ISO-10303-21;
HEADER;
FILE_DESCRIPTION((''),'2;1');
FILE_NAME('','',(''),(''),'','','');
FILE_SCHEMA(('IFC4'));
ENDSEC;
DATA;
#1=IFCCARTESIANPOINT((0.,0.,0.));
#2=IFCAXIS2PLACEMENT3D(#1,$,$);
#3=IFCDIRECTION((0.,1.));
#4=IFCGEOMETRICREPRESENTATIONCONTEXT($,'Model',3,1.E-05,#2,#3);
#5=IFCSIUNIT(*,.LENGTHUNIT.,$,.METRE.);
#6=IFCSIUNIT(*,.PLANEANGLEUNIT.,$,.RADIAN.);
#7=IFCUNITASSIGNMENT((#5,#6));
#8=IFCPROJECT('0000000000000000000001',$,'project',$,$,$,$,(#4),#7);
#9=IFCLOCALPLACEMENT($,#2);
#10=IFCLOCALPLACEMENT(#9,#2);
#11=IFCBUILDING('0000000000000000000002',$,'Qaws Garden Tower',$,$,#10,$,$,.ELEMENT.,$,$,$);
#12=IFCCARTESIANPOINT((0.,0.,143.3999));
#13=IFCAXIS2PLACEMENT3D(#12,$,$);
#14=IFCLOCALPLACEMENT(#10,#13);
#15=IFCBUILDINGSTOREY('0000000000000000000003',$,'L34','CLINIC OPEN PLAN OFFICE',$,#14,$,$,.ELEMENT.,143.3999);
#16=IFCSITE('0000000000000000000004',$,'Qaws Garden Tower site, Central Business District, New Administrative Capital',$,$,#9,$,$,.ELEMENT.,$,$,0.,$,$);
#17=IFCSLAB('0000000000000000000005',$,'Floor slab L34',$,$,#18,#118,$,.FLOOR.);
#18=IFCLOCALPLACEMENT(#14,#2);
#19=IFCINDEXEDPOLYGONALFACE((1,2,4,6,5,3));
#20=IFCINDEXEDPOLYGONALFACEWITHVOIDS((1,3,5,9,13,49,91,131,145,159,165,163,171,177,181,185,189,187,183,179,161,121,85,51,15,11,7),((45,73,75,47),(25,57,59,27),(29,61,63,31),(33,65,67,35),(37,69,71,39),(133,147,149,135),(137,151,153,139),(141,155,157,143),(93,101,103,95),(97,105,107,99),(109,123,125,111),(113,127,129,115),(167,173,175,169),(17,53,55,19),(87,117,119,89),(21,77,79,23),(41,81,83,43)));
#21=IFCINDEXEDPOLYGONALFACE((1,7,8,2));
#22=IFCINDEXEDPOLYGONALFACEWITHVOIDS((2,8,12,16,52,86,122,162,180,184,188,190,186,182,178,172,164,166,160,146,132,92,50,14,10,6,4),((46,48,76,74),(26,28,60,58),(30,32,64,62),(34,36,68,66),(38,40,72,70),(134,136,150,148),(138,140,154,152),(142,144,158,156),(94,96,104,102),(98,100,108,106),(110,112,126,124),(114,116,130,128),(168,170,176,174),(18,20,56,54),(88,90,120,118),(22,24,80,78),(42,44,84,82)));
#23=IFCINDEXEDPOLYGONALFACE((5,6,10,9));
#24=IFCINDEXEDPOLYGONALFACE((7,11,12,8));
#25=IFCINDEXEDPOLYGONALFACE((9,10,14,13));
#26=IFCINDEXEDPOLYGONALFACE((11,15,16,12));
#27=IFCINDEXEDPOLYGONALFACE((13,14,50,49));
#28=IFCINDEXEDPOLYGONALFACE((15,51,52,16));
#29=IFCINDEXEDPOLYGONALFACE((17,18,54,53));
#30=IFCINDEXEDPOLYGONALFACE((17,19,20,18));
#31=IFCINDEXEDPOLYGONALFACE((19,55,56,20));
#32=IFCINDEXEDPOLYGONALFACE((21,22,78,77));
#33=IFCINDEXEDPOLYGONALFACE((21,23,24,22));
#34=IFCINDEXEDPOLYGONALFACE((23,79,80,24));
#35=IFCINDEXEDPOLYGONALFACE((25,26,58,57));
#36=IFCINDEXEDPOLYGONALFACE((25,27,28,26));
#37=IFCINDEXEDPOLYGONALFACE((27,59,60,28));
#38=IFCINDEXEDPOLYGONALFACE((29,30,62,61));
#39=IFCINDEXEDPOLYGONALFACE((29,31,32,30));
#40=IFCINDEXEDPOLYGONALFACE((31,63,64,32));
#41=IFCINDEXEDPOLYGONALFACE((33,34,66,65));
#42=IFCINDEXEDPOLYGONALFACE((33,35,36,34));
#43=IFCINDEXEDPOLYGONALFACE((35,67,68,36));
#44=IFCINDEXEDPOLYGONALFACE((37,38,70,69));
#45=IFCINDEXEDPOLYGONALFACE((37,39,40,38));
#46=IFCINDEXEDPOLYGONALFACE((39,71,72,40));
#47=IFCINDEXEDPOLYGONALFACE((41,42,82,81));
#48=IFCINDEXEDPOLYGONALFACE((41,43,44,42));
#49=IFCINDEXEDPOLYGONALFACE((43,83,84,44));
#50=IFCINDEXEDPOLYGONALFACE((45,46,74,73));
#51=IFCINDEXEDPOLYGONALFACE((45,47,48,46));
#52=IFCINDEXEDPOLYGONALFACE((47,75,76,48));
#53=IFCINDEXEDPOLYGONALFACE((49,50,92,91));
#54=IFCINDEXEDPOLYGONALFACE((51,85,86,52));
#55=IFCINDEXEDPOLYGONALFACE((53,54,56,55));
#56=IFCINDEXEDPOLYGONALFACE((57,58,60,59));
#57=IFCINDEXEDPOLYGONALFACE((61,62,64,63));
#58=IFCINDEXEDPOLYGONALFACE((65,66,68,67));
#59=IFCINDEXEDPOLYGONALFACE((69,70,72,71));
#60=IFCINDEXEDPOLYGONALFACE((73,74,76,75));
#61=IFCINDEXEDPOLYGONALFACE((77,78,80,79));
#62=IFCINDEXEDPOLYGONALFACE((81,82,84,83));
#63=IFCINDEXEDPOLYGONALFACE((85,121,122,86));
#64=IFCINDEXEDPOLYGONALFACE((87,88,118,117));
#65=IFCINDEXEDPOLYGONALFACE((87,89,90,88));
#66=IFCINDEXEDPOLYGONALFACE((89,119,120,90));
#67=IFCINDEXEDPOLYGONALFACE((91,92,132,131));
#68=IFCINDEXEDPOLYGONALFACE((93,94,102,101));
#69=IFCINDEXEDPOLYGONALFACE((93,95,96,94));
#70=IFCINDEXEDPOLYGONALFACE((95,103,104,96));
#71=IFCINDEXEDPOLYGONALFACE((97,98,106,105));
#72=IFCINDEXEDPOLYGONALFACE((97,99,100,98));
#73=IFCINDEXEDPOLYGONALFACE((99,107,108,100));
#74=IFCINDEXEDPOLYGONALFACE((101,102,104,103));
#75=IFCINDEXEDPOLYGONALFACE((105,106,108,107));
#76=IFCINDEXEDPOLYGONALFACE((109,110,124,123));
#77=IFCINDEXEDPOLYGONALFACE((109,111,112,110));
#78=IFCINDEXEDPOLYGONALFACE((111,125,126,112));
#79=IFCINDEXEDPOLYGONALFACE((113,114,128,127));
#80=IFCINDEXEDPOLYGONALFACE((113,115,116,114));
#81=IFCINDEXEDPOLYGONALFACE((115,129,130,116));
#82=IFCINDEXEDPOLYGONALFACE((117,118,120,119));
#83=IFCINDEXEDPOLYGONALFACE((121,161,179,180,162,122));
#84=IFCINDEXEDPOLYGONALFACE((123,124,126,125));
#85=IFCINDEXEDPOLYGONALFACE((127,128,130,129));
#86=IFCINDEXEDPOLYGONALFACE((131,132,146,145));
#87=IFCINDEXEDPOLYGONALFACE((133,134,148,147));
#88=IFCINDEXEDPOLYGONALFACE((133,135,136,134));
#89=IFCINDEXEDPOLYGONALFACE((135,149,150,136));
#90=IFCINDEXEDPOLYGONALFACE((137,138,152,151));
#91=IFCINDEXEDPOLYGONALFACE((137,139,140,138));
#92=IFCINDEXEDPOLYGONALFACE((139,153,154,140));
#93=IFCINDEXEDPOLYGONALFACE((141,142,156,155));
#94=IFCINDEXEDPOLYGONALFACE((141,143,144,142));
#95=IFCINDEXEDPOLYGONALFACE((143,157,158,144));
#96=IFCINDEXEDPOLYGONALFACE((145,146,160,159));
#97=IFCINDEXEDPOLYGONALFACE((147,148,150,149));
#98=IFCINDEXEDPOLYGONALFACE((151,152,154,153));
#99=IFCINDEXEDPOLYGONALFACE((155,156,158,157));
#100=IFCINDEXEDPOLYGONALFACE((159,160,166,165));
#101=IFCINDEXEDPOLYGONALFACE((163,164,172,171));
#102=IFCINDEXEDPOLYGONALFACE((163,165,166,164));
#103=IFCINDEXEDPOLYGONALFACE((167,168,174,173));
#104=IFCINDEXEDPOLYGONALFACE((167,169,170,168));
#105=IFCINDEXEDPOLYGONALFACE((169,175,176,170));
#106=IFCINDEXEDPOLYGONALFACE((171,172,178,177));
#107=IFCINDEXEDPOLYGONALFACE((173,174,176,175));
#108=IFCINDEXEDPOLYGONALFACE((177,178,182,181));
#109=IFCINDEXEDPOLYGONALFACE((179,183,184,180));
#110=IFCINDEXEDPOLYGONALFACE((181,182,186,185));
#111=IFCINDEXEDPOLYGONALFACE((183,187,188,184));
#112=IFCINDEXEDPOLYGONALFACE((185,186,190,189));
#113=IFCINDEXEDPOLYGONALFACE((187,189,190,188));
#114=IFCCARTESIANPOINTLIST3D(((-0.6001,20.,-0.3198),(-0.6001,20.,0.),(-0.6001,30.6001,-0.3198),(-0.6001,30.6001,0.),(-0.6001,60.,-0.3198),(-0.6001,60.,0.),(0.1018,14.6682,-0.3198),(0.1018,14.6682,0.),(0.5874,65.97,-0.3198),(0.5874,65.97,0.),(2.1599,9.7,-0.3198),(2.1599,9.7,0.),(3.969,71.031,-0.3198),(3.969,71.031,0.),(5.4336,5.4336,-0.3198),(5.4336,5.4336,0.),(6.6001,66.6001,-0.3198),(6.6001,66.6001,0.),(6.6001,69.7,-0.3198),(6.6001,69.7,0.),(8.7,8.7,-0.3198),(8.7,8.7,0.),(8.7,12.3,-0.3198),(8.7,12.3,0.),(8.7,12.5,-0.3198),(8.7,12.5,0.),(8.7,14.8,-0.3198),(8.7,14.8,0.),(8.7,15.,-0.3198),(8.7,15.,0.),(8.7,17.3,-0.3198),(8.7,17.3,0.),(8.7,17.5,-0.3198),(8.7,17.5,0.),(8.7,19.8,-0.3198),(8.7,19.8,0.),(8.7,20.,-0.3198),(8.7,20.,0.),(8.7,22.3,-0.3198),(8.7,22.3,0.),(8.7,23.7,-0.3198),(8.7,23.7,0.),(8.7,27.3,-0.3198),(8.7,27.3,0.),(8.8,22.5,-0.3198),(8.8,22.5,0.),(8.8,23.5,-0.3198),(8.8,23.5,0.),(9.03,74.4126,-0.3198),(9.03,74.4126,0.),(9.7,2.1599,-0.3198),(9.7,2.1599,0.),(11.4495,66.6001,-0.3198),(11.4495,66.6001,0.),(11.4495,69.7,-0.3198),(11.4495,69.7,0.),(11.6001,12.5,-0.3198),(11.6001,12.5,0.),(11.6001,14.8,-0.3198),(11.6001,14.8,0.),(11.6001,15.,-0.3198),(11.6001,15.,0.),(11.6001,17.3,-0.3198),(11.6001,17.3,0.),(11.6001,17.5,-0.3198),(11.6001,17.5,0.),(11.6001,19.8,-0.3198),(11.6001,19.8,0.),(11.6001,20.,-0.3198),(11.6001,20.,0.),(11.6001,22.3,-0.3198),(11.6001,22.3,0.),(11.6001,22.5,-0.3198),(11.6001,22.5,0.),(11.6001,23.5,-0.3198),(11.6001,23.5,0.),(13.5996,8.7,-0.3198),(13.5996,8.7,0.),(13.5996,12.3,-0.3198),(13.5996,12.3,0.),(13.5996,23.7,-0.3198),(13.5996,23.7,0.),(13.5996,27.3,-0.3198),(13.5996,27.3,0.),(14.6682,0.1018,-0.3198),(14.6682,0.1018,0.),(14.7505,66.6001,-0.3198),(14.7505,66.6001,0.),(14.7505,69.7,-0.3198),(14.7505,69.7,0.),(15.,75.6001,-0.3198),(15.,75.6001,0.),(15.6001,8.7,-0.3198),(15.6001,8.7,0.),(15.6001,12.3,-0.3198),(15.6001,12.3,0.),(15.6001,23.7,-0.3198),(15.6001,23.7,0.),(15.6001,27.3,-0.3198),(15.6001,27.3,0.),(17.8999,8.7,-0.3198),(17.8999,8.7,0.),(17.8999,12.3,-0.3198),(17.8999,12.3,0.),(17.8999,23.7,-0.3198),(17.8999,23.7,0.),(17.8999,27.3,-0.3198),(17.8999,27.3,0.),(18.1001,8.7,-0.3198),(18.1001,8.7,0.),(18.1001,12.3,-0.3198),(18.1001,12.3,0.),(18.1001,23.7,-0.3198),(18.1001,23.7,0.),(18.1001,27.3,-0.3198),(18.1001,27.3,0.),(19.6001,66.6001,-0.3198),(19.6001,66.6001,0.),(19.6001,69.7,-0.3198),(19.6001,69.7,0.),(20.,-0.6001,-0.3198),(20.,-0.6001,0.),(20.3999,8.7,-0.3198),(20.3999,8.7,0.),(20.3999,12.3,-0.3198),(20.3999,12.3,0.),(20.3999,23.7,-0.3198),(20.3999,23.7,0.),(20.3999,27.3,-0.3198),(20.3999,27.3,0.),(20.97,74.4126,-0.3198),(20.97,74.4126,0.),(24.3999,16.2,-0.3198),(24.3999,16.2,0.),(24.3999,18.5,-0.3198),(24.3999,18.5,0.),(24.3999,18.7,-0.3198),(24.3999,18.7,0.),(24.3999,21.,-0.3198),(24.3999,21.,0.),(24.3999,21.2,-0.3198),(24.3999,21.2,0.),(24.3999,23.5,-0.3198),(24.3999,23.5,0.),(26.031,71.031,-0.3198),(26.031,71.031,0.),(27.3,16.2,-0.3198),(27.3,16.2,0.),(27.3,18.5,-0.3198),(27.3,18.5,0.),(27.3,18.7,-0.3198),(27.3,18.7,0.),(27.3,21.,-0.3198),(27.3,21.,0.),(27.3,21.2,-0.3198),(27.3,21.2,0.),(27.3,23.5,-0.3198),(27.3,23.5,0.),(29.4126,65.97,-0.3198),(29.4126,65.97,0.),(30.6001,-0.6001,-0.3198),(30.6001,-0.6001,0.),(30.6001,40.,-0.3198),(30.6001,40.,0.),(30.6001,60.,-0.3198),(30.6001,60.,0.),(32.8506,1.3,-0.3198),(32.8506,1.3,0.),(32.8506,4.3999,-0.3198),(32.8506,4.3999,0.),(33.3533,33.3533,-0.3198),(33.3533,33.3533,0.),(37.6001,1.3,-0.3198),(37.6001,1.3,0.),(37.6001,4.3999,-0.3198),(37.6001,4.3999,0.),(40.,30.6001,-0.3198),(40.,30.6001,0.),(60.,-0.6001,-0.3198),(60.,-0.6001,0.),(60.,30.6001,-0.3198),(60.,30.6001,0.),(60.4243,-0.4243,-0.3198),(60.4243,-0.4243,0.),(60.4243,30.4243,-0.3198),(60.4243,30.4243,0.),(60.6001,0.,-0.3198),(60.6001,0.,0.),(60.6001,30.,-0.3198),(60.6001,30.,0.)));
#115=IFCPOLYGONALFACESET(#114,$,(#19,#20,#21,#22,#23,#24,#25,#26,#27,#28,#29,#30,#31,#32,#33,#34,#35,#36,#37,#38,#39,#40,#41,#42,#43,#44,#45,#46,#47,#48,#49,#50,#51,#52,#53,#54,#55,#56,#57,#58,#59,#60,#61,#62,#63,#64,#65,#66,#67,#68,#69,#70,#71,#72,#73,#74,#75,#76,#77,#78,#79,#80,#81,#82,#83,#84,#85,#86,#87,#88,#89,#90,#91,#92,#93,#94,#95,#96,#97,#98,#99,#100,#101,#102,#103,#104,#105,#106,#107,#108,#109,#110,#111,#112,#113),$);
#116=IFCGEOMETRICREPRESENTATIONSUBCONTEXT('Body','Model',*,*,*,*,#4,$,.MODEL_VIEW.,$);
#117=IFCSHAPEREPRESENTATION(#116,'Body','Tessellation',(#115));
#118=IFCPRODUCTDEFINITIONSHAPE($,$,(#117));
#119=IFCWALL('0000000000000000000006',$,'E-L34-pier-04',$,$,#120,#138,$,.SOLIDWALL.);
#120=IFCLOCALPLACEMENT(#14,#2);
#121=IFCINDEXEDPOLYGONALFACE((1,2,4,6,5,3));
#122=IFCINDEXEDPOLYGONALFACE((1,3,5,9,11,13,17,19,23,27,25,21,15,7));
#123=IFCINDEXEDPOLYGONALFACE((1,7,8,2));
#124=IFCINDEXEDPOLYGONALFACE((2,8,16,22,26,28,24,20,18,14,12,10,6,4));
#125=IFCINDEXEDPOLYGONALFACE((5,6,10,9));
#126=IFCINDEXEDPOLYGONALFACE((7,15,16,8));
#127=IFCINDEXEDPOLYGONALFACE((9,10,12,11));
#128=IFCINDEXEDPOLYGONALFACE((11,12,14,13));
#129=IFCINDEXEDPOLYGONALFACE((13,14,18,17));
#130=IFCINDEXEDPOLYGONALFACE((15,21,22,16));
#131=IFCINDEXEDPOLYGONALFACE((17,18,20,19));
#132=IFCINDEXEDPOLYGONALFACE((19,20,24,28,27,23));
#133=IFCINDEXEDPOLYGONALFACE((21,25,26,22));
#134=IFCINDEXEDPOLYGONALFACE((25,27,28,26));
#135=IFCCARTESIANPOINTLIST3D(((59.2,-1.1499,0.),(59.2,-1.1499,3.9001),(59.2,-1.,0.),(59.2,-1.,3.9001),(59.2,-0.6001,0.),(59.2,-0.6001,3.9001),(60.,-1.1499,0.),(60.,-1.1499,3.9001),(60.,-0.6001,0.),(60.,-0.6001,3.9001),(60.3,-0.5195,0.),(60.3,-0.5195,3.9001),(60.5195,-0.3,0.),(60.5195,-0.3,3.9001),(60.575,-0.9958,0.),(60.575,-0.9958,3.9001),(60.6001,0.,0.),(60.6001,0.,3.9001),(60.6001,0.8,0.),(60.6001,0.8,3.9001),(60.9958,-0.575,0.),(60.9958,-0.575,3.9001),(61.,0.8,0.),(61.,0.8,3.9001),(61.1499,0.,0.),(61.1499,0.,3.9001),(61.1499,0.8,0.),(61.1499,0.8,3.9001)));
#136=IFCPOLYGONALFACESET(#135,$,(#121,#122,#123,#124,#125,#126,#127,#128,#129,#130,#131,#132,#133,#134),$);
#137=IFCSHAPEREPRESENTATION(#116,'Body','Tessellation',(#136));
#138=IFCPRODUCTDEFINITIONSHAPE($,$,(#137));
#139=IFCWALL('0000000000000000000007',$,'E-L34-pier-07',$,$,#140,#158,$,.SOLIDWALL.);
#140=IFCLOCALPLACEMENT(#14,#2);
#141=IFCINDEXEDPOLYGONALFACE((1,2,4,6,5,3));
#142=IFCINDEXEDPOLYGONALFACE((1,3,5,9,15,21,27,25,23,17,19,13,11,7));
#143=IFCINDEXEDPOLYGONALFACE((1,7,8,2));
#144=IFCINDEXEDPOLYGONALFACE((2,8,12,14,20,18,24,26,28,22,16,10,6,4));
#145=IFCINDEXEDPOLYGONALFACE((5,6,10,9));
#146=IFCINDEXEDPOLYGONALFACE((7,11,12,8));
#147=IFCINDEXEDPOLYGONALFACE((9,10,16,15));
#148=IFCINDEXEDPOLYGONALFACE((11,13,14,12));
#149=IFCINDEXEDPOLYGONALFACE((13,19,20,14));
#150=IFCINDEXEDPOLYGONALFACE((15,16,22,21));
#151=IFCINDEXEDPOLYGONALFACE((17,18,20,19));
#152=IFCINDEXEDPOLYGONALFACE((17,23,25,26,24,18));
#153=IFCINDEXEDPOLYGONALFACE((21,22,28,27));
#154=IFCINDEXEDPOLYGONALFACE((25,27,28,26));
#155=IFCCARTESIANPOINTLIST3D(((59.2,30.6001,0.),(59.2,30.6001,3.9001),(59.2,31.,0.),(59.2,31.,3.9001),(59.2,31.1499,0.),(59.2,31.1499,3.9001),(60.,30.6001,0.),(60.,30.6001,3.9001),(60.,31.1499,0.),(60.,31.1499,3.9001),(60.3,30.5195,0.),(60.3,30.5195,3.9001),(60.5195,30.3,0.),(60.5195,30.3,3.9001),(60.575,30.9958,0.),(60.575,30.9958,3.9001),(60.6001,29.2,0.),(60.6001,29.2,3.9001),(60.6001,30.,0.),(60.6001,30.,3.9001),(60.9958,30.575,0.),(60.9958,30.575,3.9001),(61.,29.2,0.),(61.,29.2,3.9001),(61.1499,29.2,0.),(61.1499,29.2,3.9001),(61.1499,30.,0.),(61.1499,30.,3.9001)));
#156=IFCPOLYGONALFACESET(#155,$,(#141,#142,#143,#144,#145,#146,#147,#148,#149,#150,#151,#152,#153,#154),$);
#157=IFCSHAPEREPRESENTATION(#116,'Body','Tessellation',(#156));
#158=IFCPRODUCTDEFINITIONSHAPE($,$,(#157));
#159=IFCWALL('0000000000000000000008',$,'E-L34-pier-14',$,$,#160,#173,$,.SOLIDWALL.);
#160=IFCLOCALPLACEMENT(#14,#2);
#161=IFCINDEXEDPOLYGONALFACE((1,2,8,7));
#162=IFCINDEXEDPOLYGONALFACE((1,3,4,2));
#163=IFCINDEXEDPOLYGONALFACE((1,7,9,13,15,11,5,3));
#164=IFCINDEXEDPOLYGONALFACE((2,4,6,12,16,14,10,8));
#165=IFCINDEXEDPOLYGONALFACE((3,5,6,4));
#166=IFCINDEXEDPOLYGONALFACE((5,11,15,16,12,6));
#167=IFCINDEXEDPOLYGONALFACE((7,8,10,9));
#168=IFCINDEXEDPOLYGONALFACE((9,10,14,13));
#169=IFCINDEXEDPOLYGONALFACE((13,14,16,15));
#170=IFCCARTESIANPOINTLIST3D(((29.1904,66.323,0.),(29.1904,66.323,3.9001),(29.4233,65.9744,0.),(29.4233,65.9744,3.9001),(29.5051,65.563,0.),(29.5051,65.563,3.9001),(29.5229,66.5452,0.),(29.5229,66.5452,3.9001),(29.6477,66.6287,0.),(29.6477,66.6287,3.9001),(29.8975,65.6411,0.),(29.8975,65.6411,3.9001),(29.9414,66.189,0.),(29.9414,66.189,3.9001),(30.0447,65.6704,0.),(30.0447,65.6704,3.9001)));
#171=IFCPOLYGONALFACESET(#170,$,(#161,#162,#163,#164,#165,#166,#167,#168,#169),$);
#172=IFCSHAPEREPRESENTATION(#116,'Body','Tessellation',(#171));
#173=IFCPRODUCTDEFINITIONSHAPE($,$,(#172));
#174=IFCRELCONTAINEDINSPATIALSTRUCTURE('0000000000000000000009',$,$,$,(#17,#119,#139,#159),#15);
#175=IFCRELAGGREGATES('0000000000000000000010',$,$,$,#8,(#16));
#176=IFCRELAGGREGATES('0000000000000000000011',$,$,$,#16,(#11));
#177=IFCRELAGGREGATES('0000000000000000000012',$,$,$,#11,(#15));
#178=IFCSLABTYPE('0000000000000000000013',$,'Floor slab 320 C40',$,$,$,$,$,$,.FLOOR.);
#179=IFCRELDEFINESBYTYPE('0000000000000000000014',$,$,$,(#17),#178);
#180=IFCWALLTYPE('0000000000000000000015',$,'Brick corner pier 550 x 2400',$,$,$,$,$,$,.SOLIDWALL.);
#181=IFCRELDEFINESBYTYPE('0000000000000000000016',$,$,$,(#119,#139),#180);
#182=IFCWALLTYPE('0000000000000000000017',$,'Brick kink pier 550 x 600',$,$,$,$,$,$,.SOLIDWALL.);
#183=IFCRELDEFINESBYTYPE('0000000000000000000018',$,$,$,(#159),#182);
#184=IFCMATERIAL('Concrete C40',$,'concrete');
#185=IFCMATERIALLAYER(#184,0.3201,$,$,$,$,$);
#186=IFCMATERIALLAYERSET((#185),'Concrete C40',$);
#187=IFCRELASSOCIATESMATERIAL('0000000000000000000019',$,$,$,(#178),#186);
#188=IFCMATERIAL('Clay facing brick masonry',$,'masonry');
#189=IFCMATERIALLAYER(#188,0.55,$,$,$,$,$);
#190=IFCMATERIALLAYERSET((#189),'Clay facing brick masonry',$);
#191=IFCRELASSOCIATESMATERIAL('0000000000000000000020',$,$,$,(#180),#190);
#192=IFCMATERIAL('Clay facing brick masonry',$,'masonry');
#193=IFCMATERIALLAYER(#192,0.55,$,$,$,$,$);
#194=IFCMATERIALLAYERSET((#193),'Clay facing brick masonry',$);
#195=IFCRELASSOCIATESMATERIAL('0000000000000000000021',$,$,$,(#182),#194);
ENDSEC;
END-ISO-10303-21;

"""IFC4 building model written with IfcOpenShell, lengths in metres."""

from ifc_helpers import new_model, si_unit, direction, frame, origin, place, context, subcontext, project, spatial, polyline, outline, extrude, material, layer, layer_set, type_object, element, save


model = new_model("IFC4")

# Units and contexts
model_context = context("Model", 3, precision=1e-05, world=origin(), true_north=direction((0.0, 1.0)))
body_context = subcontext(model_context, "Body", "Model", "MODEL_VIEW")
ifc_project = project(units=[si_unit("LENGTHUNIT", "METRE"), si_unit("PLANEANGLEUNIT", "RADIAN")], contexts=[model_context])

# Site, building, storey
site_placement = place(None, origin())
site = spatial("IfcSite", under=ifc_project, at=site_placement, Name="Qaws Garden Tower site, Central Business District, New Administrative Capital", CompositionType="ELEMENT", RefElevation=0.0)
building_placement = place(site_placement, origin())
building = spatial("IfcBuilding", under=site, at=building_placement, Name="Qaws Garden Tower", CompositionType="ELEMENT")
storey_placement = place(building_placement, frame((0.0, 0.0, 143.3999)))
storey = spatial("IfcBuildingStorey", under=building, at=storey_placement, Name="L34", Description="CLINIC OPEN PLAN OFFICE", CompositionType="ELEMENT", Elevation=143.3999)

# Slab
ifc_material_1 = material(Name="Concrete C40", Category="concrete")
ifc_layer_1 = layer(ifc_material_1, 0.3201)
ifc_layer_set_1 = layer_set([ifc_layer_1], Name="Concrete C40")
slab_type = type_object("IfcSlabType", Name="Floor slab 320 C40", PredefinedType="FLOOR", material=ifc_layer_set_1)
slab_placement = place(storey_placement, frame((0.0, 0.0, -0.3198)))
element("IfcSlab", 1, at=slab_placement, inside=storey, type_object=slab_type, Name="Floor slab L34", PredefinedType="FLOOR", context=body_context, shape_type="SweptSolid", body=[
    extrude(outline(polyline([(0.1018, 14.6682), (-0.6001, 20.0), (-0.6001, 30.6001), (-0.6001, 60.0), (-0.6001, 60.0), (0.5874, 65.97), (3.969, 71.031), (9.03, 74.4126), (15.0, 75.6001), (20.97, 74.4126), (26.031, 71.031), (29.4126, 65.97), (30.6001, 60.0), (30.6001, 40.0), (33.3533, 33.3533), (40.0, 30.6001), (60.0, 30.6001), (60.4243, 30.4243), (60.6001, 30.0), (60.6001, 0.0), (60.4243, -0.4243), (60.0, -0.6001), (30.6001, -0.6001), (20.0, -0.6001), (14.6682, 0.1018), (9.7, 2.1599), (5.4336, 5.4336), (2.1599, 9.7), (0.1018, 14.6682)]), holes=[polyline([(13.5996, 12.3), (8.7, 12.3), (8.7, 8.7), (13.5996, 8.7), (13.5996, 12.3)]), polyline([(17.8999, 12.3), (15.6001, 12.3), (15.6001, 8.7), (17.8999, 8.7), (17.8999, 12.3)]), polyline([(11.6001, 14.8), (8.7, 14.8), (8.7, 12.5), (11.6001, 12.5), (11.6001, 14.8)]), polyline([(11.6001, 17.3), (8.7, 17.3), (8.7, 15.0), (11.6001, 15.0), (11.6001, 17.3)]), polyline([(11.6001, 19.8), (8.7, 19.8), (8.7, 17.5), (11.6001, 17.5), (11.6001, 19.8)]), polyline([(11.6001, 22.3), (8.7, 22.3), (8.7, 20.0), (11.6001, 20.0), (11.6001, 22.3)]), polyline([(11.6001, 23.5), (8.8, 23.5), (8.8, 22.5), (11.6001, 22.5), (11.6001, 23.5)]), polyline([(13.5996, 27.3), (8.7, 27.3), (8.7, 23.7), (13.5996, 23.7), (13.5996, 27.3)]), polyline([(11.4495, 69.7), (6.6001, 69.7), (6.6001, 66.6001), (11.4495, 66.6001), (11.4495, 69.7)]), polyline([(37.6001, 4.3999), (32.8506, 4.3999), (32.8506, 1.3), (37.6001, 1.3), (37.6001, 4.3999)]), polyline([(20.3999, 12.3), (18.1001, 12.3), (18.1001, 8.7), (20.3999, 8.7), (20.3999, 12.3)]), polyline([(27.3, 18.5), (24.3999, 18.5), (24.3999, 16.2), (27.3, 16.2), (27.3, 18.5)]), polyline([(27.3, 21.0), (24.3999, 21.0), (24.3999, 18.7), (27.3, 18.7), (27.3, 21.0)]), polyline([(27.3, 23.5), (24.3999, 23.5), (24.3999, 21.2), (27.3, 21.2), (27.3, 23.5)]), polyline([(17.8999, 27.3), (15.6001, 27.3), (15.6001, 23.7), (17.8999, 23.7), (17.8999, 27.3)]), polyline([(20.3999, 23.7), (20.3999, 27.3), (18.1001, 27.3), (18.1001, 23.7), (20.3999, 23.7)]), polyline([(19.6001, 66.6001), (19.6001, 69.7), (14.7505, 69.7), (14.7505, 66.6001), (19.6001, 66.6001)])]), origin(), (0.0, 0.0, 1.0), 0.3198),
])

# Walls
ifc_material_2 = material(Name="Clay facing brick masonry", Category="masonry")
ifc_layer_2 = layer(ifc_material_2, 0.55)
ifc_layer_set_2 = layer_set([ifc_layer_2], Name="Clay facing brick masonry")
wall_type_1 = type_object("IfcWallType", Name="Brick corner pier 550 x 2400", PredefinedType="SOLIDWALL", material=ifc_layer_set_2)
placement = place(storey_placement, origin())
element("IfcWall", 2, at=placement, inside=storey, type_object=wall_type_1, Name="E-L34-pier-04", PredefinedType="SOLIDWALL", context=body_context, shape_type="SweptSolid", body=[
    extrude(outline(polyline([(59.2, -1.0), (59.2, -1.1499), (60.0, -1.1499), (60.575, -0.9958), (60.9958, -0.575), (61.1499, 0.0), (61.1499, 0.8), (61.0, 0.8), (60.6001, 0.8), (60.6001, 0.0), (60.5195, -0.3), (60.3, -0.5195), (60.0, -0.6001), (59.2, -0.6001), (59.2, -1.0)])), origin(), (0.0, 0.0, 1.0), 3.9001),
])
element("IfcWall", 3, at=placement, inside=storey, type_object=wall_type_1, Name="E-L34-pier-07", PredefinedType="SOLIDWALL", context=body_context, shape_type="SweptSolid", body=[
    extrude(outline(polyline([(61.0, 29.2), (61.1499, 29.2), (61.1499, 30.0), (60.9958, 30.575), (60.575, 30.9958), (60.0, 31.1499), (59.2, 31.1499), (59.2, 31.0), (59.2, 30.6001), (60.0, 30.6001), (60.3, 30.5195), (60.5195, 30.3), (60.6001, 30.0), (60.6001, 29.2), (61.0, 29.2)])), origin(), (0.0, 0.0, 1.0), 3.9001),
])
ifc_material_3 = material(Name="Clay facing brick masonry", Category="masonry")
ifc_layer_3 = layer(ifc_material_3, 0.55)
ifc_layer_set_3 = layer_set([ifc_layer_3], Name="Clay facing brick masonry")
wall_type_2 = type_object("IfcWallType", Name="Brick kink pier 550 x 600", PredefinedType="SOLIDWALL", material=ifc_layer_set_3)
element("IfcWall", 4, at=placement, inside=storey, type_object=wall_type_2, Name="E-L34-pier-14", PredefinedType="SOLIDWALL", context=body_context, shape_type="SweptSolid", body=[
    extrude(outline(polyline([(29.8975, 65.6411), (30.0447, 65.6704), (29.9414, 66.189), (29.6477, 66.6287), (29.5229, 66.5452), (29.1904, 66.323), (29.4233, 65.9744), (29.5051, 65.563), (29.8975, 65.6411)])), origin(), (0.0, 0.0, 1.0), 3.9001),
])

save(model, "model.ifc")
